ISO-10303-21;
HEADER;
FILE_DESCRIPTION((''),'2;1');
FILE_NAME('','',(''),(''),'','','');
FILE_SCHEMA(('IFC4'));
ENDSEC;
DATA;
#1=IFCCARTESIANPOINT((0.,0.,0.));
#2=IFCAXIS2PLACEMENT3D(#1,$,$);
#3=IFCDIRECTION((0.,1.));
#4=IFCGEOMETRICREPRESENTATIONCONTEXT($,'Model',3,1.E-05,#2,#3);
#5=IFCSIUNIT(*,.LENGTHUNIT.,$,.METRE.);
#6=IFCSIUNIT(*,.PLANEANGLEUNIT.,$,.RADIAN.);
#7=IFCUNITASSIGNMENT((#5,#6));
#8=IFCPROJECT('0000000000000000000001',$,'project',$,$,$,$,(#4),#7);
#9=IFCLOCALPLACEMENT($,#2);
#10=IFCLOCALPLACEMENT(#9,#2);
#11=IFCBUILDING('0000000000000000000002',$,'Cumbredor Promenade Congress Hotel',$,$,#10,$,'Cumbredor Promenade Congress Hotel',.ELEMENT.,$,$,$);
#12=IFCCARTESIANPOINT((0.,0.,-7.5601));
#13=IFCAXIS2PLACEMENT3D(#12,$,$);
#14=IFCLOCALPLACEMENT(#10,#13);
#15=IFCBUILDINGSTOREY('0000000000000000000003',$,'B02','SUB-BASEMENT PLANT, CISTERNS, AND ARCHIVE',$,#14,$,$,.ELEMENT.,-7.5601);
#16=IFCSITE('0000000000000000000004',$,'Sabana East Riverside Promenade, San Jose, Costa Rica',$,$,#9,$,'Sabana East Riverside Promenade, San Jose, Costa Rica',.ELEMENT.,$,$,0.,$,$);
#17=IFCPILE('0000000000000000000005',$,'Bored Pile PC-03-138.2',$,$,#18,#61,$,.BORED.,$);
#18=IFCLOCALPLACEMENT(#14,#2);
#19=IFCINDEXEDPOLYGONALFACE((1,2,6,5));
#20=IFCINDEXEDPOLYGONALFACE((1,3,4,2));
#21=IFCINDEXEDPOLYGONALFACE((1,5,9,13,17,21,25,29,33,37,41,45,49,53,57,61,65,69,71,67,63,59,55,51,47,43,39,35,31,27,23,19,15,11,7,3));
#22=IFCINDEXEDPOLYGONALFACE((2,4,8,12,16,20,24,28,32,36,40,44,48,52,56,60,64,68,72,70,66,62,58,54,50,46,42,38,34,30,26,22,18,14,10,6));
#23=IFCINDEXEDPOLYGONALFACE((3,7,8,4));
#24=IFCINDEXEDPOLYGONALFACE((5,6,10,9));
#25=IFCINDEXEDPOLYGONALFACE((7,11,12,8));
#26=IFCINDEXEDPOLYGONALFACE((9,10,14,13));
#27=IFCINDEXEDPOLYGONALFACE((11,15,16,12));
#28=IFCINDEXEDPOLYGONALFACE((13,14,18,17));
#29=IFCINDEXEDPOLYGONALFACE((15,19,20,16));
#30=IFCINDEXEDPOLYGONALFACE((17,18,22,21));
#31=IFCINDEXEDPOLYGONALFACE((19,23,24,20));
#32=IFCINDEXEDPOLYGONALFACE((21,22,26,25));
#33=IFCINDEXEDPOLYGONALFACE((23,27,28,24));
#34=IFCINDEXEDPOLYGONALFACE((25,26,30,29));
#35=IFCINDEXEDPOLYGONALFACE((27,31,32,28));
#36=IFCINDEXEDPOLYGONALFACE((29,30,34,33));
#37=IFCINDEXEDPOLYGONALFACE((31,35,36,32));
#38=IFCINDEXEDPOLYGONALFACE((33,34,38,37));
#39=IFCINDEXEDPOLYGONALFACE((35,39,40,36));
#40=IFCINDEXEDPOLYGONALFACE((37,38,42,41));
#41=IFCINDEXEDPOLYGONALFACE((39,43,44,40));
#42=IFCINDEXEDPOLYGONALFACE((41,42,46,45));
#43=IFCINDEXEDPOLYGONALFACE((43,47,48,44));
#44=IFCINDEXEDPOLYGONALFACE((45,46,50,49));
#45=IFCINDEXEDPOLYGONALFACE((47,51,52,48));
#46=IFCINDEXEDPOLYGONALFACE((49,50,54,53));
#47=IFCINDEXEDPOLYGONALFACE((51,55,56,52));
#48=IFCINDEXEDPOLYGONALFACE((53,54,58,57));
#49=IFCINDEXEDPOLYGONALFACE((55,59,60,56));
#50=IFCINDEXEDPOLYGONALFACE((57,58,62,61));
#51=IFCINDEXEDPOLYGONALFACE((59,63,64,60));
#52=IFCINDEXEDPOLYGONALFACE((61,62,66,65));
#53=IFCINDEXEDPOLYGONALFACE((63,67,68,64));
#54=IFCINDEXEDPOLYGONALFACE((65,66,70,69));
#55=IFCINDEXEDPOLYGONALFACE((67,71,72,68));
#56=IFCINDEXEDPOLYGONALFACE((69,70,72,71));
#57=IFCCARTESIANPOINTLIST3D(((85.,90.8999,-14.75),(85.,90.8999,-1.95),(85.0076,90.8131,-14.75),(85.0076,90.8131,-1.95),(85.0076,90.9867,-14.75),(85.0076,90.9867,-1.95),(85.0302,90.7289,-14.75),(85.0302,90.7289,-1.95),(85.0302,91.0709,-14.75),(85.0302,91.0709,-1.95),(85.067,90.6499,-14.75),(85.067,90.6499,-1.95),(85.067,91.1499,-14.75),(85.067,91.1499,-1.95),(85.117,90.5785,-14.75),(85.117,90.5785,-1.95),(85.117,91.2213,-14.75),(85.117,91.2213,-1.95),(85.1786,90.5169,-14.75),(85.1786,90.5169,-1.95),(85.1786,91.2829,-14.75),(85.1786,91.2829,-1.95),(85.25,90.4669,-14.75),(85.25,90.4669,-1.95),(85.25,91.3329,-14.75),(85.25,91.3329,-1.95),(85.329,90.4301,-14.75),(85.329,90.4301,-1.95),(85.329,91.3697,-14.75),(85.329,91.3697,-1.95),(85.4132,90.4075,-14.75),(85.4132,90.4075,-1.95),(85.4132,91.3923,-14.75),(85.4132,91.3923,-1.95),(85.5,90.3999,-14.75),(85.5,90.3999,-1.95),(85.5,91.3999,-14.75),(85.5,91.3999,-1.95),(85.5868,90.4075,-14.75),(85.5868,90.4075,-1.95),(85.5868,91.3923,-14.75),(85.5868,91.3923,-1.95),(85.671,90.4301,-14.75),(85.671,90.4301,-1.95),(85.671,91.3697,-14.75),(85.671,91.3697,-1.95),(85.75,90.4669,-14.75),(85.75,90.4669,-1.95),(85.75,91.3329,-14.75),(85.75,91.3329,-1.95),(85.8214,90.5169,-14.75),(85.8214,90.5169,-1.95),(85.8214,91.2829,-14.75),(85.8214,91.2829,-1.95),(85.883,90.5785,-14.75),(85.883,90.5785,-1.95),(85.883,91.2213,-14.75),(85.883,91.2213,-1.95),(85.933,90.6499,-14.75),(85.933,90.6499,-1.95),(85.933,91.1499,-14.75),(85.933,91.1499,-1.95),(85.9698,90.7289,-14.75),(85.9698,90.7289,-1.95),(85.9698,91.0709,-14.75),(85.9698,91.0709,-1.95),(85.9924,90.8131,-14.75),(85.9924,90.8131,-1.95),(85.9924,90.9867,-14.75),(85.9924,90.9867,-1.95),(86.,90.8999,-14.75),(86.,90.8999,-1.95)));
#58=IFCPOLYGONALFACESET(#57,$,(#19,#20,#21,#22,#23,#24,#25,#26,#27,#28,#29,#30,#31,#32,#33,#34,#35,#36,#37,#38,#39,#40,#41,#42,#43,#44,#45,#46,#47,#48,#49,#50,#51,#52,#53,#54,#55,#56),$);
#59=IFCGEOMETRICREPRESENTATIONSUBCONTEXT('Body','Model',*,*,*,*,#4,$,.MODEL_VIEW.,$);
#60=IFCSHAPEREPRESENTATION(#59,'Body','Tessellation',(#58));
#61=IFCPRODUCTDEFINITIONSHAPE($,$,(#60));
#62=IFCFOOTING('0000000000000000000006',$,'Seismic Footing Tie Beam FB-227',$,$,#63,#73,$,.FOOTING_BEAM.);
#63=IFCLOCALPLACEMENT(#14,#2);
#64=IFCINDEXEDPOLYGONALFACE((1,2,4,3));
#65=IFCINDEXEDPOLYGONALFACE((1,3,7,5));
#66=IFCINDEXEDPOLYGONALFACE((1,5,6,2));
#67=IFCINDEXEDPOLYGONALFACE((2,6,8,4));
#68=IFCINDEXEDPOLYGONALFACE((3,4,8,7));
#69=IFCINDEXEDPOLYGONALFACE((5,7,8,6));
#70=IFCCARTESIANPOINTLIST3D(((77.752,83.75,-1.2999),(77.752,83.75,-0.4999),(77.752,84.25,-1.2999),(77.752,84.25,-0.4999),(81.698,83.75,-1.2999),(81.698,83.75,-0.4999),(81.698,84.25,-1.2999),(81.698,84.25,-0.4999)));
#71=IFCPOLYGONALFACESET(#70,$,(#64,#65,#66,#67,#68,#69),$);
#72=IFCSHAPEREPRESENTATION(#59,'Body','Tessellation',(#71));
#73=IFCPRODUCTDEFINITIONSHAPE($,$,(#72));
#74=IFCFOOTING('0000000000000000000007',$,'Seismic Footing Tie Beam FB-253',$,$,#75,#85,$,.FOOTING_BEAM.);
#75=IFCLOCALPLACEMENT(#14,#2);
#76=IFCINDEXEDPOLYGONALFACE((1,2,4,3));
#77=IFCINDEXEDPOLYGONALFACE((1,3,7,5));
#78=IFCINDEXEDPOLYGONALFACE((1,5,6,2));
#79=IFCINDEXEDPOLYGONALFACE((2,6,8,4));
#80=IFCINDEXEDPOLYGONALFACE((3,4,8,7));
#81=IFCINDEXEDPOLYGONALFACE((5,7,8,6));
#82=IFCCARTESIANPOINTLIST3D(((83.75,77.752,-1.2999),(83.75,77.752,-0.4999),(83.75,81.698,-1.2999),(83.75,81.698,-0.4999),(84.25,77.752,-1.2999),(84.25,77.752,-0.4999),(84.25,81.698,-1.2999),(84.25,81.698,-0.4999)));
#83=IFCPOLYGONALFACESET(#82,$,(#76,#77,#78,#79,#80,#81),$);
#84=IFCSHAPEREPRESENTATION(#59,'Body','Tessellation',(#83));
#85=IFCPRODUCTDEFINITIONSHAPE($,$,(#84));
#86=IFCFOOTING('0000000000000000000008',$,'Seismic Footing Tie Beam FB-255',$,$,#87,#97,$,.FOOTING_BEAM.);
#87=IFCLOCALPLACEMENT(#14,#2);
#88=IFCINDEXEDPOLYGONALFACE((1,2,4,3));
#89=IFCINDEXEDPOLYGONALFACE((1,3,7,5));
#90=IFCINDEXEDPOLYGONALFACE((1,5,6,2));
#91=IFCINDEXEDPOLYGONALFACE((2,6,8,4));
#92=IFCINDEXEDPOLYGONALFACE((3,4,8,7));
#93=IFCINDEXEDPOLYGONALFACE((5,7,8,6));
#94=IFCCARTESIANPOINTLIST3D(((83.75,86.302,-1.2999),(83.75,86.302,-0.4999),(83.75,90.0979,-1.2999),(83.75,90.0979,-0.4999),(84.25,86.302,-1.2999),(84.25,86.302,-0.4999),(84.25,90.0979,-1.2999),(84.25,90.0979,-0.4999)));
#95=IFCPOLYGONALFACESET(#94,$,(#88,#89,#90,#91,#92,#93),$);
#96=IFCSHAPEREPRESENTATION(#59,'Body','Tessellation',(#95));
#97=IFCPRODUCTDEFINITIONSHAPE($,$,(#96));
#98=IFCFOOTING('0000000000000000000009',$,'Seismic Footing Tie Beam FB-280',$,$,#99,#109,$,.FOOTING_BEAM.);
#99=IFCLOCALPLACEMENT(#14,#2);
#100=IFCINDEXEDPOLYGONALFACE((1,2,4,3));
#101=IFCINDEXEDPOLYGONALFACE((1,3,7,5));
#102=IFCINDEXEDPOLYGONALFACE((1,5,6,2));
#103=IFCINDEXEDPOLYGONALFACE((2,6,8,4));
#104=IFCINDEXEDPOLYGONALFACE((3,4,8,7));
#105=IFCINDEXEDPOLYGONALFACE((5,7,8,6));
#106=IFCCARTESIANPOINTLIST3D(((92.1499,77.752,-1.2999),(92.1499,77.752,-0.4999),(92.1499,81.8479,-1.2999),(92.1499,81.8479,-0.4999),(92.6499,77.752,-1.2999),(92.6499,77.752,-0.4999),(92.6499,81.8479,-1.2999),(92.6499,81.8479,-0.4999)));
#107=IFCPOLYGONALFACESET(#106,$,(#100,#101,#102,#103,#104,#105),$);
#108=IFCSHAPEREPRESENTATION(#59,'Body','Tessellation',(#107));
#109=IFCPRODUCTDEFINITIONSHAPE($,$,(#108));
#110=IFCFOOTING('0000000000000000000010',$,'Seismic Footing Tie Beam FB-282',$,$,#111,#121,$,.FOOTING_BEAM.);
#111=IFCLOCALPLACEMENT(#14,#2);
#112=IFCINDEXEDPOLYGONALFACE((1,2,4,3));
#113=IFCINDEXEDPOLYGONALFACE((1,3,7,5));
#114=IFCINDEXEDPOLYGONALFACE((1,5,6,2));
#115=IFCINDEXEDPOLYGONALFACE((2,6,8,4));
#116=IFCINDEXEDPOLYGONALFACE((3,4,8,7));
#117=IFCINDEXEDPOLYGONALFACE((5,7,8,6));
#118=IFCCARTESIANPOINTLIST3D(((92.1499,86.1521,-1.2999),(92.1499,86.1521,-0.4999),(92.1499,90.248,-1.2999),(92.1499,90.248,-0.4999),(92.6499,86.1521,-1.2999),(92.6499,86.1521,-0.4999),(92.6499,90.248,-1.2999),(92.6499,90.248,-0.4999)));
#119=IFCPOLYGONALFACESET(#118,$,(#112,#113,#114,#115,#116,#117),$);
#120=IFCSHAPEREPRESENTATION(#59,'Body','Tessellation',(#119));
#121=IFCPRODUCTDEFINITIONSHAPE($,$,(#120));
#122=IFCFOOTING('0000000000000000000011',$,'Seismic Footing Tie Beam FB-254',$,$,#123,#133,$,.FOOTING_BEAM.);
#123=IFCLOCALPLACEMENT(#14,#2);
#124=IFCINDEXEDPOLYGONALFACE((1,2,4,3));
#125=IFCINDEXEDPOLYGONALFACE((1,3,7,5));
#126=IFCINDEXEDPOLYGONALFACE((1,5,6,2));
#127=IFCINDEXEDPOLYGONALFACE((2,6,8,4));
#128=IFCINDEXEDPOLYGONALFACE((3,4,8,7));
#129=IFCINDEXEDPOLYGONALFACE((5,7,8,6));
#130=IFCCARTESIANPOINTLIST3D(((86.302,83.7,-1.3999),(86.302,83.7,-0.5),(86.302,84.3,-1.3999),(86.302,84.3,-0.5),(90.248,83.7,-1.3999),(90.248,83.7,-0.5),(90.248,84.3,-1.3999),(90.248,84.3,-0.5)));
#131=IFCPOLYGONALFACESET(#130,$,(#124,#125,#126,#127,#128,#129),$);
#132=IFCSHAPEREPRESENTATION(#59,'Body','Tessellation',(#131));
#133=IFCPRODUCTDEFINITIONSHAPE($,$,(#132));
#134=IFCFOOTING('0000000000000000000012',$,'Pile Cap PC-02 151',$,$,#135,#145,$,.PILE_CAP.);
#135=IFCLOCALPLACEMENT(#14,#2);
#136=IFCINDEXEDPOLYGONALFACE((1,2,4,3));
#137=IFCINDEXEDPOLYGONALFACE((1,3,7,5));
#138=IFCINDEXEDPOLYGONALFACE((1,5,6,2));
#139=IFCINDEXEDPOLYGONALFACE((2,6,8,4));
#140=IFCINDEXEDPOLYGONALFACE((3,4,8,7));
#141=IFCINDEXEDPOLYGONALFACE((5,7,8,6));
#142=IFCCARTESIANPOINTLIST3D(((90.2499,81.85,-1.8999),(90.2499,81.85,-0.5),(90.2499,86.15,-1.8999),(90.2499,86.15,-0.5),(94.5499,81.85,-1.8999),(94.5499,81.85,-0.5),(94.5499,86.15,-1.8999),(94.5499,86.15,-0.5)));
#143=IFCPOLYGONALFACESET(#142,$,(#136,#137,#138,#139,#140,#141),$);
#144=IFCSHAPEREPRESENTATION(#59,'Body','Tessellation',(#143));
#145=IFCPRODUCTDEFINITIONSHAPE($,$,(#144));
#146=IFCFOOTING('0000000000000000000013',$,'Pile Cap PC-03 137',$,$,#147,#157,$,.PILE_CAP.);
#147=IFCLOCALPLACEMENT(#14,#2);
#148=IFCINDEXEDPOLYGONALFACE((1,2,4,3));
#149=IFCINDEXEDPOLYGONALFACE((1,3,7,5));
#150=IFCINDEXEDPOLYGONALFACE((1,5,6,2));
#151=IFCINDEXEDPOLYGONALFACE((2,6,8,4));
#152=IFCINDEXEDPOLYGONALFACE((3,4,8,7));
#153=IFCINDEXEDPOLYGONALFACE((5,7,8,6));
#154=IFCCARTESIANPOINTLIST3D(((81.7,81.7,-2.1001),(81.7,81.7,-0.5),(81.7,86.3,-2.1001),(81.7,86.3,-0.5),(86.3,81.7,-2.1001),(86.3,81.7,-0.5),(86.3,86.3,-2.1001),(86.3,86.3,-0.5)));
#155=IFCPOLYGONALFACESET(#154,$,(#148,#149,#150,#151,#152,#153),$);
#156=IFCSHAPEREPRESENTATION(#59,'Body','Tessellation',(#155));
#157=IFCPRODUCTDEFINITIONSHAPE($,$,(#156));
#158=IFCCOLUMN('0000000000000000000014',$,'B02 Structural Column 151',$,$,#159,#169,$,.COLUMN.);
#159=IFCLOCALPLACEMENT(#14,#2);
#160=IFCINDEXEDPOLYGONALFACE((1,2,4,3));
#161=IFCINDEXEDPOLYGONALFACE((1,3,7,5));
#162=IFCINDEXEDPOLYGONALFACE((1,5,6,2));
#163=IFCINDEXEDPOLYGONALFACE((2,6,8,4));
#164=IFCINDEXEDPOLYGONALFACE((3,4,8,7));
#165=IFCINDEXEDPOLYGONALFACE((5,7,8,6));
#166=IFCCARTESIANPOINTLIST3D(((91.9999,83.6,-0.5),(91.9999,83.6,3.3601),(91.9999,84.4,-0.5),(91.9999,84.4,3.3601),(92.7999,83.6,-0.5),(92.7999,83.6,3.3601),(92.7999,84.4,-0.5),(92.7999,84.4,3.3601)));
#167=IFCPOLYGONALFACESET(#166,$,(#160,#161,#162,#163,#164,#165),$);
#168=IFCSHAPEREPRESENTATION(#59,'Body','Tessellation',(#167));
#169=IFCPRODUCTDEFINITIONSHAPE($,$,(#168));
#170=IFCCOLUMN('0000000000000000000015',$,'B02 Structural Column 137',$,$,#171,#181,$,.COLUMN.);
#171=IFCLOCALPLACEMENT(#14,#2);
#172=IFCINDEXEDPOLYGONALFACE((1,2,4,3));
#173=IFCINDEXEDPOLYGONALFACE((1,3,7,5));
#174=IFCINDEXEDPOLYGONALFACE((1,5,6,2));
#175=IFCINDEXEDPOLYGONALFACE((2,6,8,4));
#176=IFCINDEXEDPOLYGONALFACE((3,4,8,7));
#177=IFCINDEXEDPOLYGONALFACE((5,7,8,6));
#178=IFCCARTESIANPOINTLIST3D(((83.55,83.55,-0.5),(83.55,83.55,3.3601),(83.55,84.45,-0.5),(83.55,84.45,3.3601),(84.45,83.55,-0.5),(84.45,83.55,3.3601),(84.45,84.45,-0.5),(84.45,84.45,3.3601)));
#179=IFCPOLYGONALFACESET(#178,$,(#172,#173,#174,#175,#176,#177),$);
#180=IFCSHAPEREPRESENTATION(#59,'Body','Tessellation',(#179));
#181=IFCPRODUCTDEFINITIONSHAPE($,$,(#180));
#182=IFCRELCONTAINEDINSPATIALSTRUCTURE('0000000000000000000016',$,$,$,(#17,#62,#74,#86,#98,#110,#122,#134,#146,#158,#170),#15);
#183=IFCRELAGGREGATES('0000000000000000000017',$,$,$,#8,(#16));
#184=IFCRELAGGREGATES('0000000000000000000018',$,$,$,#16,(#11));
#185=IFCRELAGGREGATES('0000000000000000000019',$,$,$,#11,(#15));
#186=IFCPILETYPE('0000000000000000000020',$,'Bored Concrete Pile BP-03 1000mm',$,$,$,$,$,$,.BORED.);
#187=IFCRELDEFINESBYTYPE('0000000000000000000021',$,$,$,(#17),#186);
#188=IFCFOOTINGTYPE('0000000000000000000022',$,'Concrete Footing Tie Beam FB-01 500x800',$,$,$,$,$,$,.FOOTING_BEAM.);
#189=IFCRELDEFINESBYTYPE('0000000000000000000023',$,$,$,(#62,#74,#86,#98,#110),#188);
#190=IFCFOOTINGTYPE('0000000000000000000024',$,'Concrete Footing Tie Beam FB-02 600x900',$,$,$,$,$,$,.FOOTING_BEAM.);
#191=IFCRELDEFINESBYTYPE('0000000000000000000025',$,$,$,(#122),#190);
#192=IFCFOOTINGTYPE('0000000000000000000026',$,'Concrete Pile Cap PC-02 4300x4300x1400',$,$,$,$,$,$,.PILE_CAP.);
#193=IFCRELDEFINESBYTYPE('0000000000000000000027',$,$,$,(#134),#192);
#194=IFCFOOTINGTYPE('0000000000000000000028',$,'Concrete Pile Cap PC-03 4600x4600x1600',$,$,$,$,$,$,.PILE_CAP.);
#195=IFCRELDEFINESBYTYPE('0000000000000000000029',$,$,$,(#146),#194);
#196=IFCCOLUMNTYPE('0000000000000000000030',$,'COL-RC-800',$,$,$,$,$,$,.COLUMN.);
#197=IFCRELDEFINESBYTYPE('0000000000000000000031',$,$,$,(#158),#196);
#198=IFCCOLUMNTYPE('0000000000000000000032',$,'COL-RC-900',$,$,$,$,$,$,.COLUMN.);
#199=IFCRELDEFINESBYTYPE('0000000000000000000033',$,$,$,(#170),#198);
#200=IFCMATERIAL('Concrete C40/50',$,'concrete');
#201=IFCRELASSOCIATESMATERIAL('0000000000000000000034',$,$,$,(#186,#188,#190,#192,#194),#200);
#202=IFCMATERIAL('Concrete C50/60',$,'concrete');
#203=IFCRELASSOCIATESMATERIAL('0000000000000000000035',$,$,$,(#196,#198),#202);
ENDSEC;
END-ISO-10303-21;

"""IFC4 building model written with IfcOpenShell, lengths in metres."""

from ifc_helpers import new_model, si_unit, direction, frame, origin, origin_2d, place, context, subcontext, project, spatial, rectangle, circle, extrude, material, material_profile, profile_set, type_object, element, save


model = new_model("IFC4")

# Units and contexts
model_context = context("Model", 3, precision=1e-05, world=origin(), true_north=direction((0.0, 1.0)))
body_context = subcontext(model_context, "Body", "Model", "MODEL_VIEW")
ifc_project = project(units=[si_unit("LENGTHUNIT", "METRE"), si_unit("PLANEANGLEUNIT", "RADIAN")], contexts=[model_context])

# Site, building, storey
site_placement = place(None, origin())
site = spatial("IfcSite", under=ifc_project, at=site_placement, Name="Sabana East Riverside Promenade, San Jose, Costa Rica", LongName="Sabana East Riverside Promenade, San Jose, Costa Rica", CompositionType="ELEMENT", RefElevation=0.0)
building_placement = place(site_placement, origin())
building = spatial("IfcBuilding", under=site, at=building_placement, Name="Cumbredor Promenade Congress Hotel", LongName="Cumbredor Promenade Congress Hotel", CompositionType="ELEMENT")
storey_placement = place(building_placement, frame((0.0, 0.0, -7.5601)))
storey = spatial("IfcBuildingStorey", under=building, at=storey_placement, Name="B02", Description="SUB-BASEMENT PLANT, CISTERNS, AND ARCHIVE", CompositionType="ELEMENT", Elevation=-7.5601)

# Pile
ifc_material_1 = material(Name="Concrete C40/50", Category="concrete")
ifc_material_profile_1 = material_profile(ifc_material_1, circle(Radius=0.5, at=origin_2d()), Name="PILE D1000")
ifc_profile_set_1 = profile_set([ifc_material_profile_1], Name="Concrete C40/50")
pile_type_1 = type_object("IfcPileType", Name="Bored Concrete Pile BP-03 1000mm", PredefinedType="BORED", material=ifc_profile_set_1)
for number, where, z_axis, x_axis, name in (
    (1, (85.5, 90.8999, -1.95), (0.0, 0.0, -1.0), (1.0, 0.0, 0.0), "Bored Pile PC-03-138.2"),
):
    element("IfcPile", number, at=place(storey_placement, frame(where, z_axis=z_axis, x_axis=x_axis)), inside=storey, type_object=pile_type_1, Name=name, PredefinedType="BORED", context=body_context, shape_type="SweptSolid", body=[
        extrude(circle(Radius=0.5, at=origin_2d()), origin(), (0.0, 0.0, 1.0), 12.8),
    ])

# Footings
ifc_material_profile_2 = material_profile(ifc_material_1, rectangle(XDim=0.5, YDim=0.8, at=origin_2d()), Name="FB 500x800")
ifc_profile_set_2 = profile_set([ifc_material_profile_2], Name="Concrete C40/50")
footing_type_1 = type_object("IfcFootingType", Name="Concrete Footing Tie Beam FB-01 500x800", PredefinedType="FOOTING_BEAM", material=ifc_profile_set_2)
for number, where, z_axis, x_axis, name in (
    (2, (77.752, 84.0, -0.8999), (1.0, 0.0, 0.0), (0.0, 1.0, 0.0), "Seismic Footing Tie Beam FB-227"),
    (3, (84.0, 77.752, -0.8999), (0.0, 1.0, 0.0), (-1.0, 0.0, 0.0), "Seismic Footing Tie Beam FB-253"),
):
    element("IfcFooting", number, at=place(storey_placement, frame(where, z_axis=z_axis, x_axis=x_axis)), inside=storey, type_object=footing_type_1, Name=name, PredefinedType="FOOTING_BEAM", context=body_context, shape_type="SweptSolid", body=[
        extrude(rectangle(XDim=0.5, YDim=0.8, at=origin_2d()), origin(), (0.0, 0.0, 1.0), 3.946),
    ])
footing_1_placement = place(storey_placement, frame((84.0, 86.302, -0.8999), z_axis=(0.0, 1.0, 0.0), x_axis=(-1.0, 0.0, 0.0)))
element("IfcFooting", 4, at=footing_1_placement, inside=storey, type_object=footing_type_1, Name="Seismic Footing Tie Beam FB-255", PredefinedType="FOOTING_BEAM", context=body_context, shape_type="SweptSolid", body=[
    extrude(rectangle(XDim=0.5, YDim=0.8, at=origin_2d()), origin(), (0.0, 0.0, 1.0), 3.7959),
])
for number, where, z_axis, x_axis, name in (
    (5, (92.3999, 77.752, -0.8999), (0.0, 1.0, 0.0), (-1.0, 0.0, 0.0), "Seismic Footing Tie Beam FB-280"),
    (6, (92.3999, 86.1521, -0.8999), (0.0, 1.0, 0.0), (-1.0, 0.0, 0.0), "Seismic Footing Tie Beam FB-282"),
):
    element("IfcFooting", number, at=place(storey_placement, frame(where, z_axis=z_axis, x_axis=x_axis)), inside=storey, type_object=footing_type_1, Name=name, PredefinedType="FOOTING_BEAM", context=body_context, shape_type="SweptSolid", body=[
        extrude(rectangle(XDim=0.5, YDim=0.8, at=origin_2d()), origin(), (0.0, 0.0, 1.0), 4.0959),
    ])
ifc_material_profile_3 = material_profile(ifc_material_1, rectangle(XDim=0.6001, YDim=0.8999, at=origin_2d()), Name="FB 600x900")
ifc_profile_set_3 = profile_set([ifc_material_profile_3], Name="Concrete C40/50")
footing_type_2 = type_object("IfcFootingType", Name="Concrete Footing Tie Beam FB-02 600x900", PredefinedType="FOOTING_BEAM", material=ifc_profile_set_3)
footing_2_placement = place(storey_placement, frame((86.302, 84.0, -0.95), z_axis=(1.0, 0.0, 0.0), x_axis=(0.0, 1.0, 0.0)))
element("IfcFooting", 7, at=footing_2_placement, inside=storey, type_object=footing_type_2, Name="Seismic Footing Tie Beam FB-254", PredefinedType="FOOTING_BEAM", context=body_context, shape_type="SweptSolid", body=[
    extrude(rectangle(XDim=0.6001, YDim=0.8999, at=origin_2d()), origin(), (0.0, 0.0, 1.0), 3.946),
])
footing_type_3 = type_object("IfcFootingType", Name="Concrete Pile Cap PC-02 4300x4300x1400", PredefinedType="PILE_CAP", material=ifc_material_1)
footing_3_placement = place(storey_placement, frame((92.3999, 84.0, -1.8999), z_axis=(0.0, 0.0, 1.0), x_axis=(1.0, 0.0, 0.0)))
element("IfcFooting", 8, at=footing_3_placement, inside=storey, type_object=footing_type_3, Name="Pile Cap PC-02 151", PredefinedType="PILE_CAP", context=body_context, shape_type="SweptSolid", body=[
    extrude(rectangle(XDim=4.3, YDim=4.3, at=origin_2d()), origin(), (0.0, 0.0, 1.0), 1.3999),
])
footing_type_4 = type_object("IfcFootingType", Name="Concrete Pile Cap PC-03 4600x4600x1600", PredefinedType="PILE_CAP", material=ifc_material_1)
footing_4_placement = place(storey_placement, frame((84.0, 84.0, -2.1001), z_axis=(0.0, 0.0, 1.0), x_axis=(1.0, 0.0, 0.0)))
element("IfcFooting", 9, at=footing_4_placement, inside=storey, type_object=footing_type_4, Name="Pile Cap PC-03 137", PredefinedType="PILE_CAP", context=body_context, shape_type="SweptSolid", body=[
    extrude(rectangle(XDim=4.6001, YDim=4.6001, at=origin_2d()), origin(), (0.0, 0.0, 1.0), 1.6001),
])

# Columns
ifc_material_2 = material(Name="Concrete C50/60", Category="concrete")
ifc_material_profile_4 = material_profile(ifc_material_2, rectangle(XDim=0.8, YDim=0.8, at=origin_2d()), Name="RC 800x800")
ifc_profile_set_4 = profile_set([ifc_material_profile_4], Name="Concrete C50/60")
column_type_1 = type_object("IfcColumnType", Name="COL-RC-800", PredefinedType="COLUMN", material=ifc_profile_set_4)
column_1_placement = place(storey_placement, frame((92.3999, 84.0, -0.5), z_axis=(0.0, 0.0, 1.0), x_axis=(1.0, 0.0, 0.0)))
element("IfcColumn", 10, at=column_1_placement, inside=storey, type_object=column_type_1, Name="B02 Structural Column 151", PredefinedType="COLUMN", context=body_context, shape_type="SweptSolid", body=[
    extrude(rectangle(XDim=0.8, YDim=0.8, at=origin_2d()), origin(), (0.0, 0.0, 1.0), 3.8601),
])
ifc_material_profile_5 = material_profile(ifc_material_2, rectangle(XDim=0.8999, YDim=0.8999, at=origin_2d()), Name="RC 900x900")
ifc_profile_set_5 = profile_set([ifc_material_profile_5], Name="Concrete C50/60")
column_type_2 = type_object("IfcColumnType", Name="COL-RC-900", PredefinedType="COLUMN", material=ifc_profile_set_5)
column_2_placement = place(storey_placement, frame((84.0, 84.0, -0.5), z_axis=(0.0, 0.0, 1.0), x_axis=(1.0, 0.0, 0.0)))
element("IfcColumn", 11, at=column_2_placement, inside=storey, type_object=column_type_2, Name="B02 Structural Column 137", PredefinedType="COLUMN", context=body_context, shape_type="SweptSolid", body=[
    extrude(rectangle(XDim=0.8999, YDim=0.8999, at=origin_2d()), origin(), (0.0, 0.0, 1.0), 3.8601),
])

save(model, "model.ifc")
